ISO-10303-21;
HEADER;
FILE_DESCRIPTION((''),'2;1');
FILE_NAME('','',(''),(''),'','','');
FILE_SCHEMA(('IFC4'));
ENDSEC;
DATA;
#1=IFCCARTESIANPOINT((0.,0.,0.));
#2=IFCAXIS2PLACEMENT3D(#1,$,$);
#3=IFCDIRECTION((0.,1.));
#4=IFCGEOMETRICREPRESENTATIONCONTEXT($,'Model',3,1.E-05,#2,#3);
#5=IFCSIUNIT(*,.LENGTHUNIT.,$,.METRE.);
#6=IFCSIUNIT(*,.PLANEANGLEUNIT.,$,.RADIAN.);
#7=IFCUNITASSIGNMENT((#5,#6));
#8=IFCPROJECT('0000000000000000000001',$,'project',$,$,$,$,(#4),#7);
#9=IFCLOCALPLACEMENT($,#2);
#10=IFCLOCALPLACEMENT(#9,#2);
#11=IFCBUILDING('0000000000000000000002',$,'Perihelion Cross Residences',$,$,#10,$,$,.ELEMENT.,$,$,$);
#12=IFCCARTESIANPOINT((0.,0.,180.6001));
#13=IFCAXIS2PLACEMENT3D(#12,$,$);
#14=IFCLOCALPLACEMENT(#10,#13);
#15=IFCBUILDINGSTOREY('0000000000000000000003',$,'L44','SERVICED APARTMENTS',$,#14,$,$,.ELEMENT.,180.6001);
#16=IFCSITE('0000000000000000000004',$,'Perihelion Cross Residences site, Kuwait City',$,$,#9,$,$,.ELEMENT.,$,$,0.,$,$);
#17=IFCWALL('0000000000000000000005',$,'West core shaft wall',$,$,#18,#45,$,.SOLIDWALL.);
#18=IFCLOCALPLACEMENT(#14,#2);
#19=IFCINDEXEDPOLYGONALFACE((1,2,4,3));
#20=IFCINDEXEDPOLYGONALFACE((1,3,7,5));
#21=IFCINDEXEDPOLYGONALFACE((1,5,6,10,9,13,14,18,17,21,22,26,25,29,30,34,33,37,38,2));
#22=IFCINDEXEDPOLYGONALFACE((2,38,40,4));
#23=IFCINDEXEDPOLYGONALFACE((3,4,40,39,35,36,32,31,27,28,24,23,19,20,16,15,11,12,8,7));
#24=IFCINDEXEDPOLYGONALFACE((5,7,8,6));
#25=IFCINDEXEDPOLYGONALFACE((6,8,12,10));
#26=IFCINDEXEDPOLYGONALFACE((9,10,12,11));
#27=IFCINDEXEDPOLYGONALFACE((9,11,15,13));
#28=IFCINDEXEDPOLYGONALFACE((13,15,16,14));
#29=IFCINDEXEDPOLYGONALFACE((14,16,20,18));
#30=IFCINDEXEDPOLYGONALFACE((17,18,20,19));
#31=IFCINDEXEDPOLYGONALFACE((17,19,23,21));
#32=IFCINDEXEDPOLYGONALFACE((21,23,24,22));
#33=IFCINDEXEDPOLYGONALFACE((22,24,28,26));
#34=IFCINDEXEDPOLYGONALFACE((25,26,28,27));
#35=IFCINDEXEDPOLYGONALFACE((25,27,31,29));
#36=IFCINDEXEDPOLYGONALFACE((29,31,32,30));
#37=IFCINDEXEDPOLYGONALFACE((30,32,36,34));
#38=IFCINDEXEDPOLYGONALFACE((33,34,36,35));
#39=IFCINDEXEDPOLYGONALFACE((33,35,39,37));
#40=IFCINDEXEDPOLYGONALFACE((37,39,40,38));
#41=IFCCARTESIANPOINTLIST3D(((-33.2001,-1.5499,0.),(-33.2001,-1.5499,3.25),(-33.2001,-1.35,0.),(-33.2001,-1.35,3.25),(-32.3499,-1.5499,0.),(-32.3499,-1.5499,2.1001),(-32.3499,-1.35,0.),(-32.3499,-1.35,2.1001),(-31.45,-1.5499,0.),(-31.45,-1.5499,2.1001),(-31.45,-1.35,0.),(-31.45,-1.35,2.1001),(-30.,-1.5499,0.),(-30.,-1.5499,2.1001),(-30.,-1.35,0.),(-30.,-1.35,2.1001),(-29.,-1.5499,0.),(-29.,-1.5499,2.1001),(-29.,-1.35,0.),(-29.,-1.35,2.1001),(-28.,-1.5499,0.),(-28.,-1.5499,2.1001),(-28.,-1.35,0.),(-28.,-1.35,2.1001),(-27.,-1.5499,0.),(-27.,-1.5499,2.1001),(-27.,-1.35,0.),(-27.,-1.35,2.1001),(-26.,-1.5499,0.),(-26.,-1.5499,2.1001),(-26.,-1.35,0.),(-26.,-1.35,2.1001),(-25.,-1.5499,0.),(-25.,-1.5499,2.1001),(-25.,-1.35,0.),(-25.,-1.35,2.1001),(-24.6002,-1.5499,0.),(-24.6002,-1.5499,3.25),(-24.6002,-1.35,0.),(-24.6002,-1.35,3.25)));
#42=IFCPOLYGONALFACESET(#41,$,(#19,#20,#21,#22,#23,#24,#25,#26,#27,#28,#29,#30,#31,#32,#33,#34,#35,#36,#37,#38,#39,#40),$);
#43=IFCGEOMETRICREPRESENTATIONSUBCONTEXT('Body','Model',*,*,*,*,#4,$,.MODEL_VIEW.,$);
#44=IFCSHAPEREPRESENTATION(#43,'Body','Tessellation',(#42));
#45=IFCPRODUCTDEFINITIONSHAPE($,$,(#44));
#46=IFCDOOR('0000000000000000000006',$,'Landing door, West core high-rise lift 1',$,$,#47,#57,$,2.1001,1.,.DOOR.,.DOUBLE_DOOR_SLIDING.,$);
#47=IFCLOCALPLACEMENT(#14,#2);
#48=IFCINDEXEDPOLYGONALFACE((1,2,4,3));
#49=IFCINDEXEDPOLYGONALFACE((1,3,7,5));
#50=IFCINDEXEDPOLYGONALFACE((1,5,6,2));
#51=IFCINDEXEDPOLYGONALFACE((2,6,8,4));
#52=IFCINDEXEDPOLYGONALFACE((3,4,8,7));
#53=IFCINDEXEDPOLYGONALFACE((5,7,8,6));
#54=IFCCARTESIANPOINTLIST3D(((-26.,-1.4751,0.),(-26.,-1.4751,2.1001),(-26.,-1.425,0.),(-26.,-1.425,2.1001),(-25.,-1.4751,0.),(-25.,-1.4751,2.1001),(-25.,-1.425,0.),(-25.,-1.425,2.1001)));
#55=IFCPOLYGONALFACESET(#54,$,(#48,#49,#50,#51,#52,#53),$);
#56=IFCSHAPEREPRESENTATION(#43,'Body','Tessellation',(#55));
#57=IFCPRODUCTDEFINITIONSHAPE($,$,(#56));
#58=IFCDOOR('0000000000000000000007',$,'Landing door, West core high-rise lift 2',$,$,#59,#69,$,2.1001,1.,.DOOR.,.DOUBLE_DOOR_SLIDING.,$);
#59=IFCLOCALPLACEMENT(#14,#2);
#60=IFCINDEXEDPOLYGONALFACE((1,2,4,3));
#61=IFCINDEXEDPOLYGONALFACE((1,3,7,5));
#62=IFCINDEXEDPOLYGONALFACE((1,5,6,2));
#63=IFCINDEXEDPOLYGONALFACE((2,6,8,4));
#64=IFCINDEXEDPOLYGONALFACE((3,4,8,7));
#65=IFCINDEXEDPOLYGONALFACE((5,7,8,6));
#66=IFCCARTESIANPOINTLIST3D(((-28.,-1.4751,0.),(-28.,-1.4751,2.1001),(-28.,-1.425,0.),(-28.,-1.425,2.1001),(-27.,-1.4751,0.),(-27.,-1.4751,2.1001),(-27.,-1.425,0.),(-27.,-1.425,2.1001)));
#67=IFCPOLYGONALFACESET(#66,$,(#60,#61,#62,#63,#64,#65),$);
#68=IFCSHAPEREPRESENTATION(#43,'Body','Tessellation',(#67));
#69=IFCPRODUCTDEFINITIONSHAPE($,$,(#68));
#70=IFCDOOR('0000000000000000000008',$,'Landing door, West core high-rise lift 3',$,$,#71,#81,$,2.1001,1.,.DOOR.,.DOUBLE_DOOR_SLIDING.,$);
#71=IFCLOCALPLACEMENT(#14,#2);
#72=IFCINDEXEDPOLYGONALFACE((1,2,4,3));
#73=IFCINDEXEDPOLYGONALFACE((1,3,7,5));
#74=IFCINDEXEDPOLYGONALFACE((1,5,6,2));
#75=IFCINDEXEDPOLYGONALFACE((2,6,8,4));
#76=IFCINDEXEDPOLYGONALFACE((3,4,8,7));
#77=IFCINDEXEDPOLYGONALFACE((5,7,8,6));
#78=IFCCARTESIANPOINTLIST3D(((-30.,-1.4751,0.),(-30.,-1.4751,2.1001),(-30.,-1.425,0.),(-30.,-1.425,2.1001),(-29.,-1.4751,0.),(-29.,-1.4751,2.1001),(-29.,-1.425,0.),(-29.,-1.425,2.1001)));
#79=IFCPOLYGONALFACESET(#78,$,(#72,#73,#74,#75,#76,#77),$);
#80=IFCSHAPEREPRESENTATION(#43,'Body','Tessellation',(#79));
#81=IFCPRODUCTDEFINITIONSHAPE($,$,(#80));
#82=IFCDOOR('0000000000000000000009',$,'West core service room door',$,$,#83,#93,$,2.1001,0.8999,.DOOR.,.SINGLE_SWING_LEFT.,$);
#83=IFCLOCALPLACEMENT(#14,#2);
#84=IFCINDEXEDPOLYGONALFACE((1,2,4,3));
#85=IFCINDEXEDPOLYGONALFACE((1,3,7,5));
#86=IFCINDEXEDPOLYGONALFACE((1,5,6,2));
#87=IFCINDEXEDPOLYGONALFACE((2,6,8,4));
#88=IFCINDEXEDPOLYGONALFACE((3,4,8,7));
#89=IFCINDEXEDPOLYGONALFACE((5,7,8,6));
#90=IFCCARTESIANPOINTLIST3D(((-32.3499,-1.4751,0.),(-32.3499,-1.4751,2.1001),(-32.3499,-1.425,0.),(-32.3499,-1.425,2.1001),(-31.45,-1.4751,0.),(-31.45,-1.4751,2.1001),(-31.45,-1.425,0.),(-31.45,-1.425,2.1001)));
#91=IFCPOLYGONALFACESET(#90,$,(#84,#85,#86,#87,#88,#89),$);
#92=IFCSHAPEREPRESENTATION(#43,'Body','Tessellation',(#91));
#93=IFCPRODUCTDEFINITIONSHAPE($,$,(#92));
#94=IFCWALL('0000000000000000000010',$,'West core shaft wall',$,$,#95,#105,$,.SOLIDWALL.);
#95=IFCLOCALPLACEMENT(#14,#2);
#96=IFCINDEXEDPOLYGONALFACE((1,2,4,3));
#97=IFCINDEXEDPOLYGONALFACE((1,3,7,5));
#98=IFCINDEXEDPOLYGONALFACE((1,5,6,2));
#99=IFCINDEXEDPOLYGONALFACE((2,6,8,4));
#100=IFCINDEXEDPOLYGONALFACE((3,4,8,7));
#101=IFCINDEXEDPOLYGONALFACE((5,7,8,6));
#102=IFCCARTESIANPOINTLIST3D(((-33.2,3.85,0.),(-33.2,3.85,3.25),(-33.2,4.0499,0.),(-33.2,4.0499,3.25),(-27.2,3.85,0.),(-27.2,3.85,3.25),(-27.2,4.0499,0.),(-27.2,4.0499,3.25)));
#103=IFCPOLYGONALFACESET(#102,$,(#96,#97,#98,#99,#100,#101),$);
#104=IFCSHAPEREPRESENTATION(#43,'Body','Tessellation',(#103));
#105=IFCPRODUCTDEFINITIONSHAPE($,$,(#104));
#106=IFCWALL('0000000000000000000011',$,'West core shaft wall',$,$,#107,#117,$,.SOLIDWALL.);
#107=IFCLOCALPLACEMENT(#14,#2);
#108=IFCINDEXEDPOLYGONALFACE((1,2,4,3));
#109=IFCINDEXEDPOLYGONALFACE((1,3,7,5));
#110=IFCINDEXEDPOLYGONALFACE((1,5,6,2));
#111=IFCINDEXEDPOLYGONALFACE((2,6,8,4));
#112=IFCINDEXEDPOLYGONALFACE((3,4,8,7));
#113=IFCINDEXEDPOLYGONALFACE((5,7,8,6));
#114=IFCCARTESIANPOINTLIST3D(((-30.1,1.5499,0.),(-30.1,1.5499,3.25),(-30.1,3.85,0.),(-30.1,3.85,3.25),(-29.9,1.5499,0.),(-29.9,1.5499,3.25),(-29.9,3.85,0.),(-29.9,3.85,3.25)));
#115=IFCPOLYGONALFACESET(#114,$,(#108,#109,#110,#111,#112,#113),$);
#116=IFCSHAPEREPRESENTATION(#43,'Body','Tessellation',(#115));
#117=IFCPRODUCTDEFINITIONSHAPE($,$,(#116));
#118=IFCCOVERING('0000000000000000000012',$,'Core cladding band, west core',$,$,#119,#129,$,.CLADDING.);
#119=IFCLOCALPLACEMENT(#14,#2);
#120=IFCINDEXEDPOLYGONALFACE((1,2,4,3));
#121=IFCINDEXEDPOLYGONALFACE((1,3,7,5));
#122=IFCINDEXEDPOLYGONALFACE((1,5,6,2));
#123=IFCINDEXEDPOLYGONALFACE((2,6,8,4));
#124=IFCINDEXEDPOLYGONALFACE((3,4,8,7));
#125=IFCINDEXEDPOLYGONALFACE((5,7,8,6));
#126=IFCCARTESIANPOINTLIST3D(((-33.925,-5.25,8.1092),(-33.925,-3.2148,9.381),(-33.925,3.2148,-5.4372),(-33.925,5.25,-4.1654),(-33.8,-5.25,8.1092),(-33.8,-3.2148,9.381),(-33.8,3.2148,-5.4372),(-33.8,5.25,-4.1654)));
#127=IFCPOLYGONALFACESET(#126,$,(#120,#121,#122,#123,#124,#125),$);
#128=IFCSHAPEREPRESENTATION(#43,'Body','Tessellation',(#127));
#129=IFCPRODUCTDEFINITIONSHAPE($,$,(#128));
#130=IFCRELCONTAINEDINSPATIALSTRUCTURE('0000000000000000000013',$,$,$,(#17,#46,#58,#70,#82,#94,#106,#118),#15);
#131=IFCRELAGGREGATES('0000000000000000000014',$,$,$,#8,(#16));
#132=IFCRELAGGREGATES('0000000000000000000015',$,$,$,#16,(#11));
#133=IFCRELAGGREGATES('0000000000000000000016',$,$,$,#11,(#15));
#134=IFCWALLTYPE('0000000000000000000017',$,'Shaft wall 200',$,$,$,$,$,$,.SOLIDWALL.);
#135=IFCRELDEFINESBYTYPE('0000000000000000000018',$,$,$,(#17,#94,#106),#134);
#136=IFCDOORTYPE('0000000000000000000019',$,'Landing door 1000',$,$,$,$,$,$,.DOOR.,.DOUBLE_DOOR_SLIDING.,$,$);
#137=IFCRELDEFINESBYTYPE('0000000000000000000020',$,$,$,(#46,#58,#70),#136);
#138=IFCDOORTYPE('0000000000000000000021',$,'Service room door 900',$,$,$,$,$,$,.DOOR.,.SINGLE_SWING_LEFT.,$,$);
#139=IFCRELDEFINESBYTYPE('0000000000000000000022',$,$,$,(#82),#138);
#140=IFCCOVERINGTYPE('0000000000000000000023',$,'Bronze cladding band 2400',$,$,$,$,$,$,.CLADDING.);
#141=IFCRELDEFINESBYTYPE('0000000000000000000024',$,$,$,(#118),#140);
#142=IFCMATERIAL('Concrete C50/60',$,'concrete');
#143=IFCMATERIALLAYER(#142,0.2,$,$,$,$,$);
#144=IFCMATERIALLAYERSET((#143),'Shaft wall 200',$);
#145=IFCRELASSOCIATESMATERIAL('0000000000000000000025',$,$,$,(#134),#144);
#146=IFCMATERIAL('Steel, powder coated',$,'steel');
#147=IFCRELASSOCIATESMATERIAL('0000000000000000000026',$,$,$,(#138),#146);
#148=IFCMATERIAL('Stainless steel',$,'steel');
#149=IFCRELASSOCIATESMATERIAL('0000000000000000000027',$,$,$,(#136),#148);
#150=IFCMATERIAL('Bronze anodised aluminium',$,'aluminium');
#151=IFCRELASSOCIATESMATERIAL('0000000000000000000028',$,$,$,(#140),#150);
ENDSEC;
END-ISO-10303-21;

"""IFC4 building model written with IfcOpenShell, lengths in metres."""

from ifc_helpers import new_model, si_unit, direction, frame, frame_2d, origin, origin_2d, place, context, subcontext, project, spatial, rectangle, extrude, material, layer, layer_set, material_profile, profile_set, type_object, element, fill, save


model = new_model("IFC4")

# Units and contexts
model_context = context("Model", 3, precision=1e-05, world=origin(), true_north=direction((0.0, 1.0)))
body_context = subcontext(model_context, "Body", "Model", "MODEL_VIEW")
ifc_project = project(units=[si_unit("LENGTHUNIT", "METRE"), si_unit("PLANEANGLEUNIT", "RADIAN")], contexts=[model_context])

# Site, building, storey
site_placement = place(None, origin())
site = spatial("IfcSite", under=ifc_project, at=site_placement, Name="Perihelion Cross Residences site, Kuwait City", CompositionType="ELEMENT", RefElevation=0.0)
building_placement = place(site_placement, origin())
building = spatial("IfcBuilding", under=site, at=building_placement, Name="Perihelion Cross Residences", CompositionType="ELEMENT")
storey_placement = place(building_placement, frame((0.0, 0.0, 180.6001)))
storey = spatial("IfcBuildingStorey", under=building, at=storey_placement, Name="L44", Description="SERVICED APARTMENTS", CompositionType="ELEMENT", Elevation=180.6001)

# Wall, openings, doors
ifc_material_1 = material(Name="Concrete C50/60", Category="concrete")
ifc_layer_1 = layer(ifc_material_1, 0.2)
ifc_layer_set_1 = layer_set([ifc_layer_1], Name="Shaft wall 200")
wall_type_1 = type_object("IfcWallType", Name="Shaft wall 200", PredefinedType="SOLIDWALL", material=ifc_layer_set_1)
ifc_material_2 = material(Name="Steel, powder coated", Category="steel")
door_type_1 = type_object("IfcDoorType", Name="Service room door 900", OperationType="SINGLE_SWING_LEFT", PredefinedType="DOOR", material=ifc_material_2)
wall_1_placement = place(storey_placement, frame((-33.2, -1.45, 0.0), z_axis=(0.0, 0.0, 1.0), x_axis=(1.0, 0.0, 0.0)))
wall_1 = element("IfcWall", 1, at=wall_1_placement, inside=storey, type_object=wall_type_1, Name="West core shaft wall", PredefinedType="SOLIDWALL", context=body_context, shape_type="SweptSolid", body=[
    extrude(rectangle(XDim=8.5999, YDim=0.2, at=frame_2d((4.2998, 0.0))), origin(), (0.0, 0.0, 1.0), 3.25),
])
opening_1_placement = place(wall_1_placement, frame((7.2, 0.0, 0.0)))
opening_1 = element("IfcOpeningElement", 2, at=opening_1_placement, cuts=wall_1, PredefinedType="OPENING", context=body_context, shape_type="SweptSolid", body=[
    extrude(rectangle(XDim=1.0, YDim=2.1001, at=frame_2d((0.5, 1.05))), frame((0.0, 0.1099, 0.0), z_axis=(0.0, -1.0, 0.0), x_axis=(1.0, 0.0, 0.0)), (0.0, 0.0, 1.0), 0.22),
])
opening_2_placement = place(wall_1_placement, frame((5.2, 0.0, 0.0)))
opening_2 = element("IfcOpeningElement", 3, at=opening_2_placement, cuts=wall_1, PredefinedType="OPENING", context=body_context, shape_type="SweptSolid", body=[
    extrude(rectangle(XDim=1.0, YDim=2.1001, at=frame_2d((0.5, 1.05))), frame((0.0, 0.1099, 0.0), z_axis=(0.0, -1.0, 0.0), x_axis=(1.0, 0.0, 0.0)), (0.0, 0.0, 1.0), 0.22),
])
opening_3_placement = place(wall_1_placement, frame((3.2, 0.0, 0.0)))
opening_3 = element("IfcOpeningElement", 4, at=opening_3_placement, cuts=wall_1, PredefinedType="OPENING", context=body_context, shape_type="SweptSolid", body=[
    extrude(rectangle(XDim=1.0, YDim=2.1001, at=frame_2d((0.5, 1.05))), frame((0.0, 0.1099, 0.0), z_axis=(0.0, -1.0, 0.0), x_axis=(1.0, 0.0, 0.0)), (0.0, 0.0, 1.0), 0.22),
])
opening_4_placement = place(wall_1_placement, frame((0.8501, 0.0, 0.0)))
opening_4 = element("IfcOpeningElement", 5, at=opening_4_placement, cuts=wall_1, PredefinedType="OPENING", context=body_context, shape_type="SweptSolid", body=[
    extrude(rectangle(XDim=0.8999, YDim=2.1001, at=frame_2d((0.45, 1.05))), frame((0.0, 0.1099, 0.0), z_axis=(0.0, -1.0, 0.0), x_axis=(1.0, 0.0, 0.0)), (0.0, 0.0, 1.0), 0.22),
])
ifc_material_3 = material(Name="Stainless steel", Category="steel")
door_type_2 = type_object("IfcDoorType", Name="Landing door 1000", OperationType="DOUBLE_DOOR_SLIDING", PredefinedType="DOOR", material=ifc_material_3)
door_1_placement = place(opening_1_placement, origin())
door_1 = element("IfcDoor", 6, at=door_1_placement, inside=storey, type_object=door_type_2, Name="Landing door, West core high-rise lift 1", OperationType="DOUBLE_DOOR_SLIDING", OverallHeight=2.1001, OverallWidth=1.0, PredefinedType="DOOR", context=body_context, shape_type="SweptSolid", body=[
    extrude(rectangle(XDim=1.0, YDim=2.1001, at=frame_2d((0.5, 1.05))), frame((0.0, 0.0249, 0.0), z_axis=(0.0, -1.0, 0.0), x_axis=(1.0, 0.0, 0.0)), (0.0, 0.0, 1.0), 0.05),
])
fill(opening_1, door_1)
door_2_placement = place(opening_2_placement, origin())
door_2 = element("IfcDoor", 7, at=door_2_placement, inside=storey, type_object=door_type_2, Name="Landing door, West core high-rise lift 2", OperationType="DOUBLE_DOOR_SLIDING", OverallHeight=2.1001, OverallWidth=1.0, PredefinedType="DOOR", context=body_context, shape_type="SweptSolid", body=[
    extrude(rectangle(XDim=1.0, YDim=2.1001, at=frame_2d((0.5, 1.05))), frame((0.0, 0.0249, 0.0), z_axis=(0.0, -1.0, 0.0), x_axis=(1.0, 0.0, 0.0)), (0.0, 0.0, 1.0), 0.05),
])
fill(opening_2, door_2)
door_3_placement = place(opening_3_placement, origin())
door_3 = element("IfcDoor", 8, at=door_3_placement, inside=storey, type_object=door_type_2, Name="Landing door, West core high-rise lift 3", OperationType="DOUBLE_DOOR_SLIDING", OverallHeight=2.1001, OverallWidth=1.0, PredefinedType="DOOR", context=body_context, shape_type="SweptSolid", body=[
    extrude(rectangle(XDim=1.0, YDim=2.1001, at=frame_2d((0.5, 1.05))), frame((0.0, 0.0249, 0.0), z_axis=(0.0, -1.0, 0.0), x_axis=(1.0, 0.0, 0.0)), (0.0, 0.0, 1.0), 0.05),
])
fill(opening_3, door_3)
door_4_placement = place(opening_4_placement, origin())
door_4 = element("IfcDoor", 9, at=door_4_placement, inside=storey, type_object=door_type_1, Name="West core service room door", OperationType="SINGLE_SWING_LEFT", OverallHeight=2.1001, OverallWidth=0.8999, PredefinedType="DOOR", context=body_context, shape_type="SweptSolid", body=[
    extrude(rectangle(XDim=0.8999, YDim=2.1001, at=frame_2d((0.45, 1.05))), frame((0.0, 0.0249, 0.0), z_axis=(0.0, -1.0, 0.0), x_axis=(1.0, 0.0, 0.0)), (0.0, 0.0, 1.0), 0.05),
])
fill(opening_4, door_4)

# Walls
wall_2_placement = place(storey_placement, frame((-33.2, 3.95, 0.0), z_axis=(0.0, 0.0, 1.0), x_axis=(1.0, 0.0, 0.0)))
element("IfcWall", 10, at=wall_2_placement, inside=storey, type_object=wall_type_1, Name="West core shaft wall", PredefinedType="SOLIDWALL", context=body_context, shape_type="SweptSolid", body=[
    extrude(rectangle(XDim=6.0, YDim=0.2, at=frame_2d((3.0, 0.0))), origin(), (0.0, 0.0, 1.0), 3.25),
])
wall_3_placement = place(storey_placement, frame((-30.0, 1.55, 0.0), z_axis=(0.0, 0.0, 1.0), x_axis=(0.0, 1.0, 0.0)))
element("IfcWall", 11, at=wall_3_placement, inside=storey, type_object=wall_type_1, Name="West core shaft wall", PredefinedType="SOLIDWALL", context=body_context, shape_type="SweptSolid", body=[
    extrude(rectangle(XDim=2.3, YDim=0.2, at=frame_2d((1.1499, 0.0))), origin(), (0.0, 0.0, 1.0), 3.25),
])

# Covering
ifc_material_4 = material(Name="Bronze anodised aluminium", Category="aluminium")
ifc_material_profile = material_profile(ifc_material_4, rectangle(XDim=0.125, YDim=2.3999, at=origin_2d()), Name="Bronze cladding band 2400")
ifc_profile_set = profile_set([ifc_material_profile], Name="Bronze anodised aluminium")
covering_type = type_object("IfcCoveringType", Name="Bronze cladding band 2400", PredefinedType="CLADDING", material=ifc_profile_set)
covering_placement = place(storey_placement, frame((-33.8625, 4.2324, -4.8013), z_axis=(0.0, -0.529925, 0.848045), x_axis=(1.0, 0.0, 0.0)))
element("IfcCovering", 12, at=covering_placement, inside=storey, type_object=covering_type, Name="Core cladding band, west core", PredefinedType="CLADDING", context=body_context, shape_type="SweptSolid", body=[
    extrude(rectangle(XDim=0.125, YDim=2.3999, at=origin_2d()), origin(), (0.0, 0.0, 1.0), 15.9736),
])

save(model, "model.ifc")
